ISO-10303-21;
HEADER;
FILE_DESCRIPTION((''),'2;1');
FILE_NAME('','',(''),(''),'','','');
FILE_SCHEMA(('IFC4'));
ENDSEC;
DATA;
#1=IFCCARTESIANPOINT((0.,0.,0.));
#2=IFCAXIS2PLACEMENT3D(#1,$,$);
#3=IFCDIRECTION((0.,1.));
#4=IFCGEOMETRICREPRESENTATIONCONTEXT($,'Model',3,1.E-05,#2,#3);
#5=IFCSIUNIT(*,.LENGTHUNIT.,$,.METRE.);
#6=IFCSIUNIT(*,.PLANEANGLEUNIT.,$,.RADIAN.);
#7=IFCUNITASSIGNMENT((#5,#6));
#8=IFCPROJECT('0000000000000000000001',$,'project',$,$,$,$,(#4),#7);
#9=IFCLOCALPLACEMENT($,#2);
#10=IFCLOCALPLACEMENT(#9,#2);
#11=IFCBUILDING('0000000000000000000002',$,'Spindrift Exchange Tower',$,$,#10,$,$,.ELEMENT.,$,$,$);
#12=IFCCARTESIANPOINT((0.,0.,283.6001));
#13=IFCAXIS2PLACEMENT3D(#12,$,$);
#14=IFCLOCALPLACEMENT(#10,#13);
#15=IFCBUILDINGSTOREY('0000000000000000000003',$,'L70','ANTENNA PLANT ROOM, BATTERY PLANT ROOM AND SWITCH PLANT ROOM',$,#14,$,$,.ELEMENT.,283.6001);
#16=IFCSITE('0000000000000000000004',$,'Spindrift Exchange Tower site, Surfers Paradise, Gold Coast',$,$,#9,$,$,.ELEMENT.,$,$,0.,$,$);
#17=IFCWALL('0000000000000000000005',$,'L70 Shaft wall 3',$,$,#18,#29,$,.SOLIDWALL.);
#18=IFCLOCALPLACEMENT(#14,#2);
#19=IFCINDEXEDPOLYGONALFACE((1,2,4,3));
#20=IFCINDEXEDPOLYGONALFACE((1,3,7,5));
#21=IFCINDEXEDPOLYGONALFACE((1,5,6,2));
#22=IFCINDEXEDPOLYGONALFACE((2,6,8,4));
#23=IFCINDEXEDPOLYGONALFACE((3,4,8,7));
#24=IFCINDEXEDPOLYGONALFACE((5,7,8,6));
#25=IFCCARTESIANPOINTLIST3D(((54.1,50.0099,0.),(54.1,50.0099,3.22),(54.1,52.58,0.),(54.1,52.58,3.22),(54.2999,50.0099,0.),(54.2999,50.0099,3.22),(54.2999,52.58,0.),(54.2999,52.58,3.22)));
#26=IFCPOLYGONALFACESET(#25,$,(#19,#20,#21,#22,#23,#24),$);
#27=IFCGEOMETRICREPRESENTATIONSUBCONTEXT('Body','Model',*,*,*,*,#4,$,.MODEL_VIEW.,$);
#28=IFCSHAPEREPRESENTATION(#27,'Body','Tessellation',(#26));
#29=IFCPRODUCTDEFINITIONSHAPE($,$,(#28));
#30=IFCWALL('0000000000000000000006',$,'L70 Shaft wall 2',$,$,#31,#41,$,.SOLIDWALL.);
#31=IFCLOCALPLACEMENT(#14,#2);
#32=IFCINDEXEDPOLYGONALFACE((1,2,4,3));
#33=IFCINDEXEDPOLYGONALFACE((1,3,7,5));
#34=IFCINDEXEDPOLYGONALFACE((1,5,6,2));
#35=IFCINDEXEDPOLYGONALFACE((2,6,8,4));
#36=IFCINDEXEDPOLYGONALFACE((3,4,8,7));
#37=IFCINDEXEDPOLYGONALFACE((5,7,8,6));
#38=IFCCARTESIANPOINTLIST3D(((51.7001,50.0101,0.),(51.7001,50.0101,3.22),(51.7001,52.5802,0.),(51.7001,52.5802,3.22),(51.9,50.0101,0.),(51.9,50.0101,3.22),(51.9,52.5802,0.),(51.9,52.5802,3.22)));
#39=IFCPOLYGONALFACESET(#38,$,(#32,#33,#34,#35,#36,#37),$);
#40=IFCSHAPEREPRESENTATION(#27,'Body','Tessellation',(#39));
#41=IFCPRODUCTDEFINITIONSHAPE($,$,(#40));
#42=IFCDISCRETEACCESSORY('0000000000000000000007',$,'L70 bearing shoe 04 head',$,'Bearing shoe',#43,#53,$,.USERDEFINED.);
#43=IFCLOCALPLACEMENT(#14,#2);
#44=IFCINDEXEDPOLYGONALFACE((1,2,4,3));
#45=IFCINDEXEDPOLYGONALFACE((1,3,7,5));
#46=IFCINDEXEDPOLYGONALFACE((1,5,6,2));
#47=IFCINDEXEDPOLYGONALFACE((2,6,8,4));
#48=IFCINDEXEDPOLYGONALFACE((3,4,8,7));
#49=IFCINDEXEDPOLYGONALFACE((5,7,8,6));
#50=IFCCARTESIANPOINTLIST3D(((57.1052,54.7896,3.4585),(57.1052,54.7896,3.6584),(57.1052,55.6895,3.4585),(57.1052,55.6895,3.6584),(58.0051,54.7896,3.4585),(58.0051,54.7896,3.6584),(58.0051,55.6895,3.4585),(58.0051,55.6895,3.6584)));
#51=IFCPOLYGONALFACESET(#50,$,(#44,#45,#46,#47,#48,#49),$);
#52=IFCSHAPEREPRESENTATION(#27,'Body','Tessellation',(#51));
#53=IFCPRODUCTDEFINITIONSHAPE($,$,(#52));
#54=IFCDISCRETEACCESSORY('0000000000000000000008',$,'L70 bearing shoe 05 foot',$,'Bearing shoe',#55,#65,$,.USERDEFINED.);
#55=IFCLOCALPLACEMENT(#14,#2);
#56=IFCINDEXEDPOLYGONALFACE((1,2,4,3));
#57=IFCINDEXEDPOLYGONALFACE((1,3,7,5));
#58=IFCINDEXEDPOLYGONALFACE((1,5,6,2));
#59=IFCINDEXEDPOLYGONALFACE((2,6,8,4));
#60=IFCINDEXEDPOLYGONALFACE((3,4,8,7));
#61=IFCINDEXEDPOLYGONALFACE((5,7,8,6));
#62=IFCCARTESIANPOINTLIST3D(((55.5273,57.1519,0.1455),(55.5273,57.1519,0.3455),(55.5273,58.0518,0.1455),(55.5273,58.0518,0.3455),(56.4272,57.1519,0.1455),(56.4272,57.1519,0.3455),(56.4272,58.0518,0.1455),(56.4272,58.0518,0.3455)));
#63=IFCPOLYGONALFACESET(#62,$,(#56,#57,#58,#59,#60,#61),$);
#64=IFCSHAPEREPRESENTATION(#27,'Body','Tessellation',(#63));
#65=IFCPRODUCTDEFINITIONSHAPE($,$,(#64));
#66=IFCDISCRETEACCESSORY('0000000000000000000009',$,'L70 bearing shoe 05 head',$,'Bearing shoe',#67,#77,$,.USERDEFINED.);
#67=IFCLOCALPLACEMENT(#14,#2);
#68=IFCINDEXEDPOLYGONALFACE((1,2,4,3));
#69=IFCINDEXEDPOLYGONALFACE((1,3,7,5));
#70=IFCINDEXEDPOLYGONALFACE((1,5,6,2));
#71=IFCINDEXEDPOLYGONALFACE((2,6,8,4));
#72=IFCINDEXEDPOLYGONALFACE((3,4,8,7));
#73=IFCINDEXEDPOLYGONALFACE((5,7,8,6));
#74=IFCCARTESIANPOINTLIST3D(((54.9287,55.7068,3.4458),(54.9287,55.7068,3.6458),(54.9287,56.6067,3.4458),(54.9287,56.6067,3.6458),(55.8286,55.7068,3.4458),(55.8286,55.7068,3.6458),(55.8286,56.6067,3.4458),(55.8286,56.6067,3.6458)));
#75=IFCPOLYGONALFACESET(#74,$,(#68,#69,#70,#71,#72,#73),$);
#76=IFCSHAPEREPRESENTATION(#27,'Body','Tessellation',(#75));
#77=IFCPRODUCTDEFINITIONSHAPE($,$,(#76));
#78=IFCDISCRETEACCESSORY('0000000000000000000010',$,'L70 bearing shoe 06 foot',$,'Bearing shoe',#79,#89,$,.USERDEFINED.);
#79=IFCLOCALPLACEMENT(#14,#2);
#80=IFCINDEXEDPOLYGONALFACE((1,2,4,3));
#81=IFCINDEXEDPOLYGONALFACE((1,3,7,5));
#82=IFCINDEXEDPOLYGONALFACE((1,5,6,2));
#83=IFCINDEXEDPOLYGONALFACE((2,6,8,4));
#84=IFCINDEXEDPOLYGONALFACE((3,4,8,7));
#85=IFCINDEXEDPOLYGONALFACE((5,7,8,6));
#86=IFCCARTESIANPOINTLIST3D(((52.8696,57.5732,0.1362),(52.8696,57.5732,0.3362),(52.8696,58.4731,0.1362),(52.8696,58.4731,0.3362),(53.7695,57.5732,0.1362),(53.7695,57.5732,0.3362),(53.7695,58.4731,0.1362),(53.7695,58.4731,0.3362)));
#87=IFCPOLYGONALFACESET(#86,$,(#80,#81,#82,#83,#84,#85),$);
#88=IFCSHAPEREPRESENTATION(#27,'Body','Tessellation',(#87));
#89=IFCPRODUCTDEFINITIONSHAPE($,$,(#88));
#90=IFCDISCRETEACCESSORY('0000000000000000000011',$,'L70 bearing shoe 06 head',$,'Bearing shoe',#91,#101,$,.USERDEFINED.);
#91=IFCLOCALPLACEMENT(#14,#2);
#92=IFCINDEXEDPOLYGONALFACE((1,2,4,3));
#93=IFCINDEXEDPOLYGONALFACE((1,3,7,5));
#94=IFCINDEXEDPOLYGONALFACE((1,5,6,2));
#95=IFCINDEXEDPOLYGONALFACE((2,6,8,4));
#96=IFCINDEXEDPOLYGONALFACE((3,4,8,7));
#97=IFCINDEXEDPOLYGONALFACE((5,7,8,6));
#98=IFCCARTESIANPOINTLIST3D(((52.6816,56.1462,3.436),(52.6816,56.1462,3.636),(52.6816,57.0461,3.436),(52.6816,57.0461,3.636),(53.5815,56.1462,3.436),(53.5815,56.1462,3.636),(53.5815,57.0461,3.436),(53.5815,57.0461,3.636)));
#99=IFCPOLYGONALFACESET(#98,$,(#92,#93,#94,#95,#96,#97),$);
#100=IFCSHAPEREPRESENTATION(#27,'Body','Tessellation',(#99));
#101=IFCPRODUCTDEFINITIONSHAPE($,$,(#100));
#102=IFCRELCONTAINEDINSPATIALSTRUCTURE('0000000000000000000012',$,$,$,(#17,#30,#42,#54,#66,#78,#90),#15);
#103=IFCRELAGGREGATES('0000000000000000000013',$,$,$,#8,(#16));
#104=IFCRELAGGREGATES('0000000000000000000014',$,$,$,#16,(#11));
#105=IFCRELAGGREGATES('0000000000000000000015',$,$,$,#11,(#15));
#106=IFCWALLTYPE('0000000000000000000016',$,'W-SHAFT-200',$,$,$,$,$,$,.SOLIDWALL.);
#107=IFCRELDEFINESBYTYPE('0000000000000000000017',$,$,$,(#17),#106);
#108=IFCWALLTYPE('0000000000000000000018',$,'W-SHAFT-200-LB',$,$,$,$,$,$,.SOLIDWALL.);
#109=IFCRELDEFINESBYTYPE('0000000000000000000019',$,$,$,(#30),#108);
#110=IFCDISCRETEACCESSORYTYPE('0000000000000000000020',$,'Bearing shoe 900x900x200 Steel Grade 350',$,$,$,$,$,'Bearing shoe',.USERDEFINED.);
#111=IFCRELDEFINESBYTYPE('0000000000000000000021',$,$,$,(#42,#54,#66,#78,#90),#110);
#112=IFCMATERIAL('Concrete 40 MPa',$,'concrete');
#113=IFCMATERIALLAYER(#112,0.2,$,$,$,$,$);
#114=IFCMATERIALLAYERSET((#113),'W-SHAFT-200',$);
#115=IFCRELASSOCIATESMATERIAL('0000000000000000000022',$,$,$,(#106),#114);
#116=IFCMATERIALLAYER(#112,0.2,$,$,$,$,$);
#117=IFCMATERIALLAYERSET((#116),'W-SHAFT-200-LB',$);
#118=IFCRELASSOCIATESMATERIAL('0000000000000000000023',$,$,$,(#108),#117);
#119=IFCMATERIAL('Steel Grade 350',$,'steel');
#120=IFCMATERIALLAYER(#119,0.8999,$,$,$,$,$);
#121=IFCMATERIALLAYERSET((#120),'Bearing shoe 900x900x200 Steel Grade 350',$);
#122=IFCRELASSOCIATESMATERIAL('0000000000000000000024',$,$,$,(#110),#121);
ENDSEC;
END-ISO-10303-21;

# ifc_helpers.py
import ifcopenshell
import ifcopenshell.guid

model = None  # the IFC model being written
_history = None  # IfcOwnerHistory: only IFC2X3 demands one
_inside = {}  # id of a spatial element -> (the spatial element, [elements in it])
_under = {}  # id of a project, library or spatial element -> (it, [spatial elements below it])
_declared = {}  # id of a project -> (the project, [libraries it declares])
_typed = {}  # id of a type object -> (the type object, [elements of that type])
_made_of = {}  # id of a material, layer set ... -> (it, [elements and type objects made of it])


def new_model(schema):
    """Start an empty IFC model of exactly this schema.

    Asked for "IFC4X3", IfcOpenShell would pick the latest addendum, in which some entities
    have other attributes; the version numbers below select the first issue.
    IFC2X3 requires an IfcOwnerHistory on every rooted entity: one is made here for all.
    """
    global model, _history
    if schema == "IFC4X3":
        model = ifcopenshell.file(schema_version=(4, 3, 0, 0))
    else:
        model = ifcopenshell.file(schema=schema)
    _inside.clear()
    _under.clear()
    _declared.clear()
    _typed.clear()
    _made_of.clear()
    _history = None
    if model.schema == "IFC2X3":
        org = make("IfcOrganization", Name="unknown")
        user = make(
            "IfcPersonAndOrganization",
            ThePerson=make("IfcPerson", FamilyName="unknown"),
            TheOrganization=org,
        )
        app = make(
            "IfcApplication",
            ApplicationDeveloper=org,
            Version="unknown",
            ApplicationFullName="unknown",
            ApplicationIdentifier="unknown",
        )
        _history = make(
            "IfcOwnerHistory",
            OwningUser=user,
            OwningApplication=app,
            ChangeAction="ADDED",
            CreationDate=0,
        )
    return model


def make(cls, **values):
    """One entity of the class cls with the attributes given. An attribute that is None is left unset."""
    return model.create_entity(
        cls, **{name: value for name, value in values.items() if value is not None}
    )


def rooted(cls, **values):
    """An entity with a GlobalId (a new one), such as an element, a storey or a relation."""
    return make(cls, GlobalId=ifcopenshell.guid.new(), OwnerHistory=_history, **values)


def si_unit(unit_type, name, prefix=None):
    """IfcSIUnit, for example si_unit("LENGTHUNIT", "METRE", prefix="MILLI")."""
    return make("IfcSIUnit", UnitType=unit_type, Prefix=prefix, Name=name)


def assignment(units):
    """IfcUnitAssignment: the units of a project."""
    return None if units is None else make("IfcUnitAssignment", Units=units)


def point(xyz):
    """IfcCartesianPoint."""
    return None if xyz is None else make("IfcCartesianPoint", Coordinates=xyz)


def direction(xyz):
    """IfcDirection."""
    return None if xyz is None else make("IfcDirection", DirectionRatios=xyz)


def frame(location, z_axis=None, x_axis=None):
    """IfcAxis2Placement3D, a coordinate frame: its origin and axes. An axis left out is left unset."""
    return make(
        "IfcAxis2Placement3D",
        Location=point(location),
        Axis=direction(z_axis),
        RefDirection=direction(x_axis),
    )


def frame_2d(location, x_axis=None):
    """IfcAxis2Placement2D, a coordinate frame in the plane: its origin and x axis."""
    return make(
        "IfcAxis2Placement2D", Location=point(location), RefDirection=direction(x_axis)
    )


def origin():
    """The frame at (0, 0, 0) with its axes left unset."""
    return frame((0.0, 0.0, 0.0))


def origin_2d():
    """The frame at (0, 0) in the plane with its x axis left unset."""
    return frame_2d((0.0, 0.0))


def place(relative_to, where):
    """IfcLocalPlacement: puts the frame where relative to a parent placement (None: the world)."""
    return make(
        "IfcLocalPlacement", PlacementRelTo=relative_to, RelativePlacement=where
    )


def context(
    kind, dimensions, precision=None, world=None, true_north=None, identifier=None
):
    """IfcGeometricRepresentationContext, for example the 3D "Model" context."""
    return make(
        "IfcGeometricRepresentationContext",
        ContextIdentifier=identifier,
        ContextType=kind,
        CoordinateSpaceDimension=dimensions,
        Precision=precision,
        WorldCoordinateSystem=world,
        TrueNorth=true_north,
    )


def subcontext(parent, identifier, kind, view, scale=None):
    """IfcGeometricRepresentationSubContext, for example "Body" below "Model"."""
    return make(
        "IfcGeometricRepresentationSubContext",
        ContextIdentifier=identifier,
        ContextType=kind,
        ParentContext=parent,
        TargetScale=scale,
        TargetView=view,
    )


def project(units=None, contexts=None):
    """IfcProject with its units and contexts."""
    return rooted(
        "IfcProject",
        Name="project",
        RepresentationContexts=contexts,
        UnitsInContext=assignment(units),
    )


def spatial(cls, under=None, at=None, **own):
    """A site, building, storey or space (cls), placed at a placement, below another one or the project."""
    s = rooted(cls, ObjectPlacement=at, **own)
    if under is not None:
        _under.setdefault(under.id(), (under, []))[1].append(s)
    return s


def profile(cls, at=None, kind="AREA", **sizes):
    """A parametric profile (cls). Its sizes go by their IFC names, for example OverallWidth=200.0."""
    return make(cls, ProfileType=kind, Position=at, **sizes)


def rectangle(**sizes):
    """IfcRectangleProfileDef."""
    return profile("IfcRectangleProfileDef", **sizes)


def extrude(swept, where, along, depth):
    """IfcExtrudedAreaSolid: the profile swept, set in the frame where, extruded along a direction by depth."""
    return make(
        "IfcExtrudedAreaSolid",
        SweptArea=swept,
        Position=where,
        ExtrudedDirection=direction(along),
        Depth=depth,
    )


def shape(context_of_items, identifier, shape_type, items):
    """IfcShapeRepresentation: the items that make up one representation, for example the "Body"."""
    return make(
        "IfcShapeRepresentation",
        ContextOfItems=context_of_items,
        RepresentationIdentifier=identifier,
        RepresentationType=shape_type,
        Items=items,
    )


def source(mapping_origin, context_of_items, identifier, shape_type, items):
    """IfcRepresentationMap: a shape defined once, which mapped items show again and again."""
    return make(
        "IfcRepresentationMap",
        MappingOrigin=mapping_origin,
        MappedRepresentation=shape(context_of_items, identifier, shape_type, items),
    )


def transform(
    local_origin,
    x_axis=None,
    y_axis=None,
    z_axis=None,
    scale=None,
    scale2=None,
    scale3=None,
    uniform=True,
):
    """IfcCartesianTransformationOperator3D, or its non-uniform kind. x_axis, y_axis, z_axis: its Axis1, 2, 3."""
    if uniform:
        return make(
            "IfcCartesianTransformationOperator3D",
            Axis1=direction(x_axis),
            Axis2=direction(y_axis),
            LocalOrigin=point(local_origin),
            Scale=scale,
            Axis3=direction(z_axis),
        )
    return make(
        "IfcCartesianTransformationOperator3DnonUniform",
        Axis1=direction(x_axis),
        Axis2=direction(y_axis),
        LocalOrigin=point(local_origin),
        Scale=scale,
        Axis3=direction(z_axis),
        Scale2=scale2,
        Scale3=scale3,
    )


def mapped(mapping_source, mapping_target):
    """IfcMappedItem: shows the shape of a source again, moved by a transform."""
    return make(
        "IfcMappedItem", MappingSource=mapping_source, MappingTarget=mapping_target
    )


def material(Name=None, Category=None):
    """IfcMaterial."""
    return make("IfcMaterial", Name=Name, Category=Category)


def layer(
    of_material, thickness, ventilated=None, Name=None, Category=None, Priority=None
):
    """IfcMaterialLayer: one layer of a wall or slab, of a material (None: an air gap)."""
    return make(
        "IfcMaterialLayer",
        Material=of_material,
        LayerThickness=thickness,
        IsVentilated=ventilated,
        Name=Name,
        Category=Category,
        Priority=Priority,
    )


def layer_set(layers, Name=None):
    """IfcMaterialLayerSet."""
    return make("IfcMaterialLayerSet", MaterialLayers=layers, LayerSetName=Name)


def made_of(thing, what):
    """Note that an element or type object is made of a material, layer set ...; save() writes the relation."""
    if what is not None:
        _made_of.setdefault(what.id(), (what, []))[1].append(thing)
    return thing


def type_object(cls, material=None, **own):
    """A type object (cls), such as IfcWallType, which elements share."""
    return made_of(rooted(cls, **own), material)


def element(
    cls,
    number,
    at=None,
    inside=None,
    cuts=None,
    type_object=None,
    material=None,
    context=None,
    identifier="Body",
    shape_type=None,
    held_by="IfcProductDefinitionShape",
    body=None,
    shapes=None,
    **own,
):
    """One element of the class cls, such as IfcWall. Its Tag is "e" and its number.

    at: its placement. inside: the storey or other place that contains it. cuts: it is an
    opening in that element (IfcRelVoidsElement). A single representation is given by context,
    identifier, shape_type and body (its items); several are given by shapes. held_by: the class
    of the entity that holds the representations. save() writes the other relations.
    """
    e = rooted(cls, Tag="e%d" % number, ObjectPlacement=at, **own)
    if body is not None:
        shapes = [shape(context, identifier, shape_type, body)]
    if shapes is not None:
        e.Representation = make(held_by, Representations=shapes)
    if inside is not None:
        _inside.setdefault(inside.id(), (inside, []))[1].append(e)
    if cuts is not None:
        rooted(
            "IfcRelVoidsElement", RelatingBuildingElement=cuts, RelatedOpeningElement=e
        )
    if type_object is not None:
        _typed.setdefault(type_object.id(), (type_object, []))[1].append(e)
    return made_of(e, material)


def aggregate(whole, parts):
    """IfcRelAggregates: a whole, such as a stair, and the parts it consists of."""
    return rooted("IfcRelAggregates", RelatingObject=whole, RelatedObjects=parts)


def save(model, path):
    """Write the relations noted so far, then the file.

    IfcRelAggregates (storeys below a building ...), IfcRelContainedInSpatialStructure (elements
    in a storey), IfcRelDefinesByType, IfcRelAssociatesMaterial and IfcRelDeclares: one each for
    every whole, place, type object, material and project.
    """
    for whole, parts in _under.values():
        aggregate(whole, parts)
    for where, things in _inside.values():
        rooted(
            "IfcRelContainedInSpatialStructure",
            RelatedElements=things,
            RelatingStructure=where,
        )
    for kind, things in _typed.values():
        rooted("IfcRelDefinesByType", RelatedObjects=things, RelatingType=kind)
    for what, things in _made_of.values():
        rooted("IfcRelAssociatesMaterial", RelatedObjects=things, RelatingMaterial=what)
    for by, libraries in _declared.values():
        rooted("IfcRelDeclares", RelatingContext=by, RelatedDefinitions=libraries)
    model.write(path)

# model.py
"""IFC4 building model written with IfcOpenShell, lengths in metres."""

from ifc_helpers import new_model, si_unit, direction, frame, frame_2d, origin, origin_2d, place, context, subcontext, project, spatial, rectangle, extrude, source, transform, mapped, material, layer, layer_set, type_object, element, save


model = new_model("IFC4")

# Units and contexts
model_context = context("Model", 3, precision=1e-05, world=origin(), true_north=direction((0.0, 1.0)))
body_context = subcontext(model_context, "Body", "Model", "MODEL_VIEW")
ifc_project = project(units=[si_unit("LENGTHUNIT", "METRE"), si_unit("PLANEANGLEUNIT", "RADIAN")], contexts=[model_context])

# Site, building, storey
site_placement = place(None, origin())
site = spatial("IfcSite", under=ifc_project, at=site_placement, Name="Spindrift Exchange Tower site, Surfers Paradise, Gold Coast", CompositionType="ELEMENT", RefElevation=0.0)
building_placement = place(site_placement, origin())
building = spatial("IfcBuilding", under=site, at=building_placement, Name="Spindrift Exchange Tower", CompositionType="ELEMENT")
storey_placement = place(building_placement, frame((0.0, 0.0, 283.6001)))
storey = spatial("IfcBuildingStorey", under=building, at=storey_placement, Name="L70", Description="ANTENNA PLANT ROOM, BATTERY PLANT ROOM AND SWITCH PLANT ROOM", CompositionType="ELEMENT", Elevation=283.6001)

# Shared definitions
ifc_material_1 = material(Name="Concrete 40 MPa", Category="concrete")

# Walls
ifc_layer_1 = layer(ifc_material_1, 0.2)
ifc_layer_set_1 = layer_set([ifc_layer_1], Name="W-SHAFT-200")
wall_type_1 = type_object("IfcWallType", Name="W-SHAFT-200", PredefinedType="SOLIDWALL", material=ifc_layer_set_1)
wall_1_placement = place(storey_placement, frame((54.2, 52.5801, 0.0), z_axis=(0.0, 0.0, 1.0), x_axis=(0.0, -1.0, 0.0)))
element("IfcWall", 1, at=wall_1_placement, inside=storey, type_object=wall_type_1, Name="L70 Shaft wall 3", PredefinedType="SOLIDWALL", context=body_context, shape_type="SweptSolid", body=[
    extrude(rectangle(XDim=2.5701, YDim=0.2, at=frame_2d((1.2852, 0.0))), origin(), (0.0, 0.0, 1.0), 3.22),
])
ifc_layer_2 = layer(ifc_material_1, 0.2)
ifc_layer_set_2 = layer_set([ifc_layer_2], Name="W-SHAFT-200-LB")
wall_type_2 = type_object("IfcWallType", Name="W-SHAFT-200-LB", PredefinedType="SOLIDWALL", material=ifc_layer_set_2)
wall_2_placement = place(storey_placement, frame((51.8, 50.01, 0.0), z_axis=(0.0, 0.0, 1.0), x_axis=(0.0, 1.0, 0.0)))
element("IfcWall", 2, at=wall_2_placement, inside=storey, type_object=wall_type_2, Name="L70 Shaft wall 2", PredefinedType="SOLIDWALL", context=body_context, shape_type="SweptSolid", body=[
    extrude(rectangle(XDim=2.5701, YDim=0.2, at=frame_2d((1.2852, 0.0))), origin(), (0.0, 0.0, 1.0), 3.22),
])

# Discrete accessories
ifc_material_2 = material(Name="Steel Grade 350", Category="steel")
ifc_layer_3 = layer(ifc_material_2, 0.8999)
ifc_layer_set_3 = layer_set([ifc_layer_3], Name="Bearing shoe 900x900x200 Steel Grade 350")
discrete_accessory_type = type_object("IfcDiscreteAccessoryType", Name="Bearing shoe 900x900x200 Steel Grade 350", ElementType="Bearing shoe", PredefinedType="USERDEFINED", material=ifc_layer_set_3)
shared_shape_1 = source(origin(), body_context, "Body", "SweptSolid", [
    extrude(rectangle(XDim=0.8999, YDim=0.8999, at=origin_2d()), origin(), (0.0, 0.0, 1.0), 0.2),
])
for number, where, z_axis, x_axis, name in (
    (3, (57.5552, 55.2395, 3.4585), (0.0, 0.0, 1.0), (1.0, 0.0, 0.0), "L70 bearing shoe 04 head"),
    (4, (55.9773, 57.6018, 0.1455), (0.0, 0.0, 1.0), (1.0, 0.0, 0.0), "L70 bearing shoe 05 foot"),
    (5, (55.3787, 56.1567, 3.4458), (0.0, 0.0, 1.0), (1.0, 0.0, 0.0), "L70 bearing shoe 05 head"),
    (6, (53.3196, 58.0232, 0.1362), (0.0, 0.0, 1.0), (1.0, 0.0, 0.0), "L70 bearing shoe 06 foot"),
    (7, (53.1316, 56.5962, 3.436), (0.0, 0.0, 1.0), (1.0, 0.0, 0.0), "L70 bearing shoe 06 head"),
):
    element("IfcDiscreteAccessory", number, at=place(storey_placement, frame(where, z_axis=z_axis, x_axis=x_axis)), inside=storey, type_object=discrete_accessory_type, Name=name, ObjectType="Bearing shoe", PredefinedType="USERDEFINED", context=body_context, shape_type="MappedRepresentation", body=[
        mapped(shared_shape_1, transform((0.0, 0.0, 0.0), scale=1.0)),
    ])

save(model, "model.ifc")
